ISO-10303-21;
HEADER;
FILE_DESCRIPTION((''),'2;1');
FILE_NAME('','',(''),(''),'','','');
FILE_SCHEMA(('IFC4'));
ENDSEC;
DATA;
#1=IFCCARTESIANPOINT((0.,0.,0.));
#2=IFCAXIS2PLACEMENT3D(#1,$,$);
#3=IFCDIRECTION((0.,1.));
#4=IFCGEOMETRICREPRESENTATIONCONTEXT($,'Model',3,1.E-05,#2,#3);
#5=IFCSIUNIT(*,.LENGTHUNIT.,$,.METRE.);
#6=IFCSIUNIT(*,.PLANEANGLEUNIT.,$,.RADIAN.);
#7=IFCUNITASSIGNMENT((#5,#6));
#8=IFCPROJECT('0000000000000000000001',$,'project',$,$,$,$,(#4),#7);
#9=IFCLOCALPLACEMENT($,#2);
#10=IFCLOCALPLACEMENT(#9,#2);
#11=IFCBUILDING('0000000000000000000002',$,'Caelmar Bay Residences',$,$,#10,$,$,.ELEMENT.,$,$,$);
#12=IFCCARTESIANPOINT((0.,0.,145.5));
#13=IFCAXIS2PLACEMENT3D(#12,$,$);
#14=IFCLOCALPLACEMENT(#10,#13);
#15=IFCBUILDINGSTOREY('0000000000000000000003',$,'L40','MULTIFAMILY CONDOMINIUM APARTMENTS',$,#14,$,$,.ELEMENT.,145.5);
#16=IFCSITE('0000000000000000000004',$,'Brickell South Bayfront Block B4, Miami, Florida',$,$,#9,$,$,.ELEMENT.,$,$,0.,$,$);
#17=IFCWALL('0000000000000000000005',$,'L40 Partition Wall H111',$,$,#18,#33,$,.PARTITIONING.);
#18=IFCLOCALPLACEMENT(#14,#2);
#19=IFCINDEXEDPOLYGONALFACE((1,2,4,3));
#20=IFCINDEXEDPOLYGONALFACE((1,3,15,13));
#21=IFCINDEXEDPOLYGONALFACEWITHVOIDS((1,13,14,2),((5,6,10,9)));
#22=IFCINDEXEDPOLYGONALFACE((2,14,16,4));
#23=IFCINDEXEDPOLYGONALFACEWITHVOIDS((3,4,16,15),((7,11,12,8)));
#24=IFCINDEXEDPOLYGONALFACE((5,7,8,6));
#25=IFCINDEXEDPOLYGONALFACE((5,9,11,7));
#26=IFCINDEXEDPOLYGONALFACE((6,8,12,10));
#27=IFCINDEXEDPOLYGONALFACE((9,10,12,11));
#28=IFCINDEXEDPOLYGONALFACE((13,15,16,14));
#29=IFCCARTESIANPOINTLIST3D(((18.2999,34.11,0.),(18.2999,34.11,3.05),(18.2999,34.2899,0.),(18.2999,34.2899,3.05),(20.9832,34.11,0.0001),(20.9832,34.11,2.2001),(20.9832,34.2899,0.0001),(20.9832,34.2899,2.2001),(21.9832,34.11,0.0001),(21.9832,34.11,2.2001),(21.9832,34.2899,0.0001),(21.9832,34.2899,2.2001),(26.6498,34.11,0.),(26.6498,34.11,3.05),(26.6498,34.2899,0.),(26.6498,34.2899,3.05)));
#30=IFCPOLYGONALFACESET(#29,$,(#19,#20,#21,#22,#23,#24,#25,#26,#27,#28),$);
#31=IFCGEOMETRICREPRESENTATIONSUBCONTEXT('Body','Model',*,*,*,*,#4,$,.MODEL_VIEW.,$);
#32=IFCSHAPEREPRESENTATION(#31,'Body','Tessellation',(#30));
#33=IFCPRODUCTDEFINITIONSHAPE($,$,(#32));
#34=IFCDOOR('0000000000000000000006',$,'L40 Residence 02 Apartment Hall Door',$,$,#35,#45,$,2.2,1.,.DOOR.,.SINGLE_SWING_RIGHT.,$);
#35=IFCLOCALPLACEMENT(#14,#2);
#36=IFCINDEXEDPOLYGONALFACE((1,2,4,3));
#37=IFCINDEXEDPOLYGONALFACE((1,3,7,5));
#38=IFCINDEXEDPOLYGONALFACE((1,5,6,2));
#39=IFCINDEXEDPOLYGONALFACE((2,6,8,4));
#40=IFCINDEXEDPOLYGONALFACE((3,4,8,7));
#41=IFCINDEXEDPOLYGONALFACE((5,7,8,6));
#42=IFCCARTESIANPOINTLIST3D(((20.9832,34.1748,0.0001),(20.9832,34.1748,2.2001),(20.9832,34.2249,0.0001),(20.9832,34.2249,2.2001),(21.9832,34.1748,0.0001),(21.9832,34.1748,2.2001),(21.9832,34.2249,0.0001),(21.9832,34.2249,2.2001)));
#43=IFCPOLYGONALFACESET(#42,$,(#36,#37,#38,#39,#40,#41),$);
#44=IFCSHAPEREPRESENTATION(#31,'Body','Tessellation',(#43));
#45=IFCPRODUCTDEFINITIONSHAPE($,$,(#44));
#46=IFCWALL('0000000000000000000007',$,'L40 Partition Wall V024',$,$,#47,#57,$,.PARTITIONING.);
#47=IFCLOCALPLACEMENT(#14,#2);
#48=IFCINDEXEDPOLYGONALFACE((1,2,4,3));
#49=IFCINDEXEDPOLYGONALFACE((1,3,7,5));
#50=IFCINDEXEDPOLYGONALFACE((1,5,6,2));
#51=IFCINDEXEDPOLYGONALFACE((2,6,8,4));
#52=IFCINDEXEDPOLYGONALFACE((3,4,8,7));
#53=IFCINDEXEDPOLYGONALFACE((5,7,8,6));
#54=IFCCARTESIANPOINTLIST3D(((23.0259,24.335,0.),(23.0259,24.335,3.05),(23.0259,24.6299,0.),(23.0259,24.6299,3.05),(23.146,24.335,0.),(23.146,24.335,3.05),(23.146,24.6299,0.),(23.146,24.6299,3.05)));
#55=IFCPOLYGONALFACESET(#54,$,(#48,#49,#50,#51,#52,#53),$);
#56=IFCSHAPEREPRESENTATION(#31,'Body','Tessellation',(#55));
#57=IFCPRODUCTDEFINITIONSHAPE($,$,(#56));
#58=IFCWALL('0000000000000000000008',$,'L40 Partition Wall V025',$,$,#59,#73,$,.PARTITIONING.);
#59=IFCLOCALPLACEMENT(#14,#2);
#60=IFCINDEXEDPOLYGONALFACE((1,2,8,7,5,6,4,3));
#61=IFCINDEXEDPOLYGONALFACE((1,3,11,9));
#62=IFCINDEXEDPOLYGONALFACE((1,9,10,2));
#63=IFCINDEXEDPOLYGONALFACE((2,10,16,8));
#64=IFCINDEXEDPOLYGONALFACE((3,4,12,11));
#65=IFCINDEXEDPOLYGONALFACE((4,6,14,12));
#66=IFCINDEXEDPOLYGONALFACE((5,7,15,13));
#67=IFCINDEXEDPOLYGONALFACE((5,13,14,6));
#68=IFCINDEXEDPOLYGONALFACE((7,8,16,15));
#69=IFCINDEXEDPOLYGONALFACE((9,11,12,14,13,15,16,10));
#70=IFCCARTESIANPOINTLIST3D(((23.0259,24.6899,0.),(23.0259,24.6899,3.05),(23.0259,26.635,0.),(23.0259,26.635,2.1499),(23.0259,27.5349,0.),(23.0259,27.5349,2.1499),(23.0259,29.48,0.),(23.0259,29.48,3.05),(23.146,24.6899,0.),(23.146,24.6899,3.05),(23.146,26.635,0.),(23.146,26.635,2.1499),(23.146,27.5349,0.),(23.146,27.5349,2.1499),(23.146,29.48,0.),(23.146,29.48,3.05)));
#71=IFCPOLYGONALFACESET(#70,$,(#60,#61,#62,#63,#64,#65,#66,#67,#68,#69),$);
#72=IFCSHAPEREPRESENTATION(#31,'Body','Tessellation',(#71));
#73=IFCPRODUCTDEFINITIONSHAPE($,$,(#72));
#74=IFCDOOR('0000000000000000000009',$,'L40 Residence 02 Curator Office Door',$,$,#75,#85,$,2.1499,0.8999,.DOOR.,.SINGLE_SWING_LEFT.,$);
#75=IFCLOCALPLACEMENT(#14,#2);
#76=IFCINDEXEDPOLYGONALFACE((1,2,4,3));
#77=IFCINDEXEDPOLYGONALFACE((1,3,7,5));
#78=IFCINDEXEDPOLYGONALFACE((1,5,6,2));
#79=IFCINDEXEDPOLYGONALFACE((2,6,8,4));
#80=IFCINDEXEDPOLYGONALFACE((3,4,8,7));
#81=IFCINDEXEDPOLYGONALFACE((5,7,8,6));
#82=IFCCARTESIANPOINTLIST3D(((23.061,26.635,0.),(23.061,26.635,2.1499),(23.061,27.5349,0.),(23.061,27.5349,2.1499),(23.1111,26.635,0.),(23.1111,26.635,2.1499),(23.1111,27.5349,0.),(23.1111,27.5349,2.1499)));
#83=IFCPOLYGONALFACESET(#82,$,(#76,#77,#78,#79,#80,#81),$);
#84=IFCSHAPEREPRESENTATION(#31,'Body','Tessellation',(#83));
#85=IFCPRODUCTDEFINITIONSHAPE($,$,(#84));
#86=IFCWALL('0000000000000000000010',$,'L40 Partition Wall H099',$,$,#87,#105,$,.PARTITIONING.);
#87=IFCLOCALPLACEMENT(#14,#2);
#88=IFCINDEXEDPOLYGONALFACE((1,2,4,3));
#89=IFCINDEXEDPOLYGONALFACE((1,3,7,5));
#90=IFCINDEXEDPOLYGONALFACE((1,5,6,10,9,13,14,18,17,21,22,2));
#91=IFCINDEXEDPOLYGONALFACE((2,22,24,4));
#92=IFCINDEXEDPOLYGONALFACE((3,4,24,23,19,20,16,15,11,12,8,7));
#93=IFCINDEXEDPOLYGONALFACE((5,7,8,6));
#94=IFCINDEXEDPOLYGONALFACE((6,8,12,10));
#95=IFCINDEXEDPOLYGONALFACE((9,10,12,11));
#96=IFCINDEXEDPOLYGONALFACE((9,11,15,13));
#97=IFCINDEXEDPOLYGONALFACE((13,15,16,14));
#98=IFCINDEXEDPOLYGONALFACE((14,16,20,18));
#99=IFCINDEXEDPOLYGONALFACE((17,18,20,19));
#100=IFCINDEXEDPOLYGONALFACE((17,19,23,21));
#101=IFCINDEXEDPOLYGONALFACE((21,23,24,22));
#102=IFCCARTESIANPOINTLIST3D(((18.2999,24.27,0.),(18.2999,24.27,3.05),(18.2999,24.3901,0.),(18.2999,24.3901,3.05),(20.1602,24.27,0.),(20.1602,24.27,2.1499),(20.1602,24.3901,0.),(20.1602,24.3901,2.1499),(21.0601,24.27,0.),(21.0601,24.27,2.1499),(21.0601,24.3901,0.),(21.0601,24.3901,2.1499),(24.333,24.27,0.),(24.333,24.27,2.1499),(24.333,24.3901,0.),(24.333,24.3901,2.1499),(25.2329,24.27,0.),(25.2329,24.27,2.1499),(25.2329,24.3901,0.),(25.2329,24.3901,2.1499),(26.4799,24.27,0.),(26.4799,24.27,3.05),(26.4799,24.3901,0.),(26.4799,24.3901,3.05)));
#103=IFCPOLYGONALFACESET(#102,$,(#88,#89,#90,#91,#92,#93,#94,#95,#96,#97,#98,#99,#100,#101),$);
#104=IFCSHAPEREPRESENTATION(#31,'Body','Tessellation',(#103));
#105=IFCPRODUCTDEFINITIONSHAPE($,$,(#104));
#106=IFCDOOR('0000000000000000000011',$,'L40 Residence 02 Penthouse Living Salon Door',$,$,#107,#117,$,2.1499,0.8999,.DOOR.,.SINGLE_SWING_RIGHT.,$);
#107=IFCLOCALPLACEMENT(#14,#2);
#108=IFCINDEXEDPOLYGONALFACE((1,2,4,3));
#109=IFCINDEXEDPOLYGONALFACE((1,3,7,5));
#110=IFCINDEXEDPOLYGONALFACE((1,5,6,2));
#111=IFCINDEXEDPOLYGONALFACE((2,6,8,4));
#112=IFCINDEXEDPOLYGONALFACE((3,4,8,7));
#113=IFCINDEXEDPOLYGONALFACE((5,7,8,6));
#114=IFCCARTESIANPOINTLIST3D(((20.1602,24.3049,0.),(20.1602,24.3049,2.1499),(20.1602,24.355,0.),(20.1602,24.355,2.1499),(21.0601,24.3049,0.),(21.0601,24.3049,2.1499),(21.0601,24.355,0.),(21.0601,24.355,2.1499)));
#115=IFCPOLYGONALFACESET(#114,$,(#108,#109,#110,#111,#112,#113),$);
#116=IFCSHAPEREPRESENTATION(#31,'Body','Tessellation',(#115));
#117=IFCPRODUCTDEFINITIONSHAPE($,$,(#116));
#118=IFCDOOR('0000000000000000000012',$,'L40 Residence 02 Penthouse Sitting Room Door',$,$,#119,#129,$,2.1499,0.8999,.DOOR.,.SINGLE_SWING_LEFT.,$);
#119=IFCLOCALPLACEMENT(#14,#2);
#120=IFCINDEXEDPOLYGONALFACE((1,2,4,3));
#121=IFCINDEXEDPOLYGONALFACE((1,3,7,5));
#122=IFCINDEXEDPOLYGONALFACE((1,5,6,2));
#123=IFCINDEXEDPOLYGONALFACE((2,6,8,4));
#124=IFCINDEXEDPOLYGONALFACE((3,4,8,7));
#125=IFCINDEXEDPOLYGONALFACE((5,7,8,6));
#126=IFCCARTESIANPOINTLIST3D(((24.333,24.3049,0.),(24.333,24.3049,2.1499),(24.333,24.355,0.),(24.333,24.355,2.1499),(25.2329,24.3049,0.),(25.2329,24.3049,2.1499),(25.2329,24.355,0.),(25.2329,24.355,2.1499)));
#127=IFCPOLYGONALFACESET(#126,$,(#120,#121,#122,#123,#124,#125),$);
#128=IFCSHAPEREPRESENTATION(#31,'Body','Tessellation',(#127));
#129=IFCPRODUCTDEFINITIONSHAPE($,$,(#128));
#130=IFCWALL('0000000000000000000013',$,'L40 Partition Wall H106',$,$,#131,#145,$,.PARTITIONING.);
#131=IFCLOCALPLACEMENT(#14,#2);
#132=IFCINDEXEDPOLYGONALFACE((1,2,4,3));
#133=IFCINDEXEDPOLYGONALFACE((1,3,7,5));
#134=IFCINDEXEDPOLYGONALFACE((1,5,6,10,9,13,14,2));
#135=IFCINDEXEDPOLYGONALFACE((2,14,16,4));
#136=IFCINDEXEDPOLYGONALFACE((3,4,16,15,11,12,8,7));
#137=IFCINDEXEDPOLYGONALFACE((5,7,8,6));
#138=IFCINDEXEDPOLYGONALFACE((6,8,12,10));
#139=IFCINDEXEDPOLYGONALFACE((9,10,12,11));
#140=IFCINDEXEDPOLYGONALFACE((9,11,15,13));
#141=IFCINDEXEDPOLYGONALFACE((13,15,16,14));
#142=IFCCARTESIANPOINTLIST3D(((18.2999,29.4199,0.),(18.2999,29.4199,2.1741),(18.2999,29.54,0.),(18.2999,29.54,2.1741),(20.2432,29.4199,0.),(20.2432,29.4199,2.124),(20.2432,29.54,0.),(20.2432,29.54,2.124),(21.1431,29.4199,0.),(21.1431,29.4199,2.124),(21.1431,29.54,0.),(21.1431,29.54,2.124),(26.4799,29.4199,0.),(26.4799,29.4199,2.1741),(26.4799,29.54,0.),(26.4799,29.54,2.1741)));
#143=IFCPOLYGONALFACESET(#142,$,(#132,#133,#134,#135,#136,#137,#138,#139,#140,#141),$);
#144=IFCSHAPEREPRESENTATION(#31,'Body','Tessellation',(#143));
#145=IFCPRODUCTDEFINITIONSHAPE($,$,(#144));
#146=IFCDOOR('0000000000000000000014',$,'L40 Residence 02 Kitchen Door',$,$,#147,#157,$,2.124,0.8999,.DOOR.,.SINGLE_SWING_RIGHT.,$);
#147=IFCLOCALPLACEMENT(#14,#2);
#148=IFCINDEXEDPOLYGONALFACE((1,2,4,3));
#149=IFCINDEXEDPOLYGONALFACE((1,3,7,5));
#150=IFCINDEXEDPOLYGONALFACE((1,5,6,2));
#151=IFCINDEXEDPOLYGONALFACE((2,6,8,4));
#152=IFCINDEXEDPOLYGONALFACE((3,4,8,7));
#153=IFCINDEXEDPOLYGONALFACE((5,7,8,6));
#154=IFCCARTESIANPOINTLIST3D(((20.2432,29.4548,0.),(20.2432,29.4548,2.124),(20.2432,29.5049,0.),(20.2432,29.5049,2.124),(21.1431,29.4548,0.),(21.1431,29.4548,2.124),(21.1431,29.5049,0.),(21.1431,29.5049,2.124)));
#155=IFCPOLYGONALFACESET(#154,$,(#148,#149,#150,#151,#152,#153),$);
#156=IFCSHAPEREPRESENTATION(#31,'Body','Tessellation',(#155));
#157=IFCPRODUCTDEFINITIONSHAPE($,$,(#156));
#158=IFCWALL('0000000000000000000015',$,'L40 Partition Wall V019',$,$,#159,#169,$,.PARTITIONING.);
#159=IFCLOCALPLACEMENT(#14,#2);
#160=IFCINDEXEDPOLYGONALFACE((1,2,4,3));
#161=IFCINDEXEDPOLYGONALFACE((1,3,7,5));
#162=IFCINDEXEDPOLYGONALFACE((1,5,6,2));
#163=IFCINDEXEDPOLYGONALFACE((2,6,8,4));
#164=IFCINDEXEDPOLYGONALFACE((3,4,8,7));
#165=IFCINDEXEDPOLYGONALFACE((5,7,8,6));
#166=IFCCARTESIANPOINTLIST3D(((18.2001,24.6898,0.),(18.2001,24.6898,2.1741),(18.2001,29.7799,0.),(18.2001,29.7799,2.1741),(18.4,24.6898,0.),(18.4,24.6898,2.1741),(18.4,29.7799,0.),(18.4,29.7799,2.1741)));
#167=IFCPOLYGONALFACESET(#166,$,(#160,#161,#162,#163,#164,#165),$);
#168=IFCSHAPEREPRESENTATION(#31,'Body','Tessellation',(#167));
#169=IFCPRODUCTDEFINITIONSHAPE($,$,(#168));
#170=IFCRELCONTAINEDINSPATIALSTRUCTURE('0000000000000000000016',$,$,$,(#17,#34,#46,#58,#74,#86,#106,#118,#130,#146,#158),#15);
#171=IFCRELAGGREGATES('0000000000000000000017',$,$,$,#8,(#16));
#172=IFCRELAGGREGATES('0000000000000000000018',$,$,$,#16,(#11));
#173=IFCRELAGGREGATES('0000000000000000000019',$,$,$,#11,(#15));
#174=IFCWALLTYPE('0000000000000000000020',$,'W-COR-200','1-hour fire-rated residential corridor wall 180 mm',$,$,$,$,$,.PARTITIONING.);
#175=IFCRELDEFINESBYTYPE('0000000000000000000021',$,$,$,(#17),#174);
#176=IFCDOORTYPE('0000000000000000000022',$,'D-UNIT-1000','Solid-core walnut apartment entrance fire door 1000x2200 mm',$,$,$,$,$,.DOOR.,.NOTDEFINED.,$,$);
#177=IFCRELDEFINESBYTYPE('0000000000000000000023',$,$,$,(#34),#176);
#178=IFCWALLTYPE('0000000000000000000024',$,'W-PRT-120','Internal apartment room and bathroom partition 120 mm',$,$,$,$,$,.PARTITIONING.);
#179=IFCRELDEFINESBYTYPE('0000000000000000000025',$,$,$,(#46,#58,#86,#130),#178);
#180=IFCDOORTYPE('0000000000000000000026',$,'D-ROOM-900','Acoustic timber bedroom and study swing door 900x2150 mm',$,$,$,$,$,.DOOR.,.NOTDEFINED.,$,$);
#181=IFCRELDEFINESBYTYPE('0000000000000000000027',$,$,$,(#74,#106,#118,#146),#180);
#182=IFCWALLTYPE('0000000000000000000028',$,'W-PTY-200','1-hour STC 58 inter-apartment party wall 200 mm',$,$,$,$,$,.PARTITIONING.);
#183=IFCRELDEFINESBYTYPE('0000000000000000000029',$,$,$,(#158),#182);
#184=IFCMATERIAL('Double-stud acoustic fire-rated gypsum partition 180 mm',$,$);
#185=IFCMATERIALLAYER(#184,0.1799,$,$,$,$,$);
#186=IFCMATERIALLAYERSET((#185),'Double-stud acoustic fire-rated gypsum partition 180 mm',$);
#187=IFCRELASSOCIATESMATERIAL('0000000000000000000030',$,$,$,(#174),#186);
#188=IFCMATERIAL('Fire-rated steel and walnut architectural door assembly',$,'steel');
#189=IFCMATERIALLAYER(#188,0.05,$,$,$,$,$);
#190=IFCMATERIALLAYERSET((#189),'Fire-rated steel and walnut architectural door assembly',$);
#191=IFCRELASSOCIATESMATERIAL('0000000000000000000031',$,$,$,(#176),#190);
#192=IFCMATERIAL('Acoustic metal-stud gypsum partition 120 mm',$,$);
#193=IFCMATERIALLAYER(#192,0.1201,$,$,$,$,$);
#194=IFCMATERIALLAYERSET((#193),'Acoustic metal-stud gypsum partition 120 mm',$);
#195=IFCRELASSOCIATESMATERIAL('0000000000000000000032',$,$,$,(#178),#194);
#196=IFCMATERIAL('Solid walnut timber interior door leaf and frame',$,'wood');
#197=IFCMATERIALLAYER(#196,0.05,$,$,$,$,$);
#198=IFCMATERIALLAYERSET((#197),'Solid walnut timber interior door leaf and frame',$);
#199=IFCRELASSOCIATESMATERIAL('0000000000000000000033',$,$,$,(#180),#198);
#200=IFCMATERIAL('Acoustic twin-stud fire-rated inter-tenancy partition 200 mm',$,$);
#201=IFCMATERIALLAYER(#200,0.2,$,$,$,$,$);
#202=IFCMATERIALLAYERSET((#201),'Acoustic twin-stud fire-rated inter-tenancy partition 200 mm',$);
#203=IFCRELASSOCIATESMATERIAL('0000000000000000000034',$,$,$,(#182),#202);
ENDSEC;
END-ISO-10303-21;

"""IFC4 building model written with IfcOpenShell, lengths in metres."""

from ifc_helpers import new_model, si_unit, direction, frame, frame_2d, origin, place, context, subcontext, project, spatial, rectangle, extrude, material, layer, layer_set, type_object, element, fill, save


model = new_model("IFC4")

# Units and contexts
model_context = context("Model", 3, precision=1e-05, world=origin(), true_north=direction((0.0, 1.0)))
body_context = subcontext(model_context, "Body", "Model", "MODEL_VIEW")
ifc_project = project(units=[si_unit("LENGTHUNIT", "METRE"), si_unit("PLANEANGLEUNIT", "RADIAN")], contexts=[model_context])

# Site, building, storey
site_placement = place(None, origin())
site = spatial("IfcSite", under=ifc_project, at=site_placement, Name="Brickell South Bayfront Block B4, Miami, Florida", CompositionType="ELEMENT", RefElevation=0.0)
building_placement = place(site_placement, origin())
building = spatial("IfcBuilding", under=site, at=building_placement, Name="Caelmar Bay Residences", CompositionType="ELEMENT")
storey_placement = place(building_placement, frame((0.0, 0.0, 145.5)))
storey = spatial("IfcBuildingStorey", under=building, at=storey_placement, Name="L40", Description="MULTIFAMILY CONDOMINIUM APARTMENTS", CompositionType="ELEMENT", Elevation=145.5)

# Shared definitions
ifc_material_1 = material(Name="Fire-rated steel and walnut architectural door assembly", Category="steel")

# Wall, opening, door
ifc_material_2 = material(Name="Double-stud acoustic fire-rated gypsum partition 180 mm")
ifc_layer_1 = layer(ifc_material_2, 0.1799)
ifc_layer_set_1 = layer_set([ifc_layer_1], Name="Double-stud acoustic fire-rated gypsum partition 180 mm")
wall_type_1 = type_object("IfcWallType", Name="W-COR-200", Description="1-hour fire-rated residential corridor wall 180 mm", PredefinedType="PARTITIONING", material=ifc_layer_set_1)
wall_1_placement = place(storey_placement, frame((18.3, 34.2, 0.0), z_axis=(0.0, 0.0, 1.0), x_axis=(1.0, 0.0, 0.0)))
wall_1 = element("IfcWall", 1, at=wall_1_placement, inside=storey, type_object=wall_type_1, Name="L40 Partition Wall H111", PredefinedType="PARTITIONING", context=body_context, shape_type="SweptSolid", body=[
    extrude(rectangle(XDim=8.3499, YDim=0.1799, at=frame_2d((4.1748, 0.0))), origin(), (0.0, 0.0, 1.0), 3.05),
])
opening_1_placement = place(wall_1_placement, frame((2.6831, 0.0, 0.0)))
opening_1 = element("IfcOpeningElement", 2, at=opening_1_placement, cuts=wall_1, PredefinedType="OPENING", context=body_context, shape_type="SweptSolid", body=[
    extrude(rectangle(XDim=1.0, YDim=2.2, at=frame_2d((0.5, 1.1001))), frame((0.0, 0.0999, 0.0), z_axis=(0.0, -1.0, 0.0), x_axis=(1.0, 0.0, 0.0)), (0.0, 0.0, 1.0), 0.2),
])
ifc_layer_2 = layer(ifc_material_1, 0.05)
ifc_layer_set_2 = layer_set([ifc_layer_2], Name="Fire-rated steel and walnut architectural door assembly")
door_type_1 = type_object("IfcDoorType", Name="D-UNIT-1000", Description="Solid-core walnut apartment entrance fire door 1000x2200 mm", OperationType="NOTDEFINED", PredefinedType="DOOR", material=ifc_layer_set_2)
door_1_placement = place(opening_1_placement, origin())
door_1 = element("IfcDoor", 3, at=door_1_placement, inside=storey, type_object=door_type_1, Name="L40 Residence 02 Apartment Hall Door", OperationType="SINGLE_SWING_RIGHT", OverallHeight=2.2, OverallWidth=1.0, PredefinedType="DOOR", context=body_context, shape_type="SweptSolid", body=[
    extrude(rectangle(XDim=1.0, YDim=2.2, at=frame_2d((0.5, 1.1001))), frame((0.0, 0.0249, 0.0), z_axis=(0.0, -1.0, 0.0), x_axis=(1.0, 0.0, 0.0)), (0.0, 0.0, 1.0), 0.05),
])
fill(opening_1, door_1)

# Wall
ifc_material_3 = material(Name="Acoustic metal-stud gypsum partition 120 mm")
ifc_layer_3 = layer(ifc_material_3, 0.1201)
ifc_layer_set_3 = layer_set([ifc_layer_3], Name="Acoustic metal-stud gypsum partition 120 mm")
wall_type_2 = type_object("IfcWallType", Name="W-PRT-120", Description="Internal apartment room and bathroom partition 120 mm", PredefinedType="PARTITIONING", material=ifc_layer_set_3)
wall_2_placement = place(storey_placement, frame((23.0859, 24.335, 0.0), z_axis=(0.0, 0.0, 1.0), x_axis=(0.0, 1.0, 0.0)))
element("IfcWall", 4, at=wall_2_placement, inside=storey, type_object=wall_type_2, Name="L40 Partition Wall V024", PredefinedType="PARTITIONING", context=body_context, shape_type="SweptSolid", body=[
    extrude(rectangle(XDim=0.2949, YDim=0.1201, at=frame_2d((0.1475, 0.0))), origin(), (0.0, 0.0, 1.0), 3.05),
])

# Wall, opening, door
wall_3_placement = place(storey_placement, frame((23.0859, 24.6899, 0.0), z_axis=(0.0, 0.0, 1.0), x_axis=(0.0, 1.0, 0.0)))
wall_3 = element("IfcWall", 5, at=wall_3_placement, inside=storey, type_object=wall_type_2, Name="L40 Partition Wall V025", PredefinedType="PARTITIONING", context=body_context, shape_type="SweptSolid", body=[
    extrude(rectangle(XDim=4.79, YDim=0.1201, at=frame_2d((2.395, 0.0))), origin(), (0.0, 0.0, 1.0), 3.05),
])
opening_2_placement = place(wall_3_placement, frame((1.9451, 0.0, 0.0)))
opening_2 = element("IfcOpeningElement", 6, at=opening_2_placement, cuts=wall_3, PredefinedType="OPENING", context=body_context, shape_type="SweptSolid", body=[
    extrude(rectangle(XDim=0.8999, YDim=2.1499, at=frame_2d((0.45, 1.075))), frame((0.0, 0.0701, 0.0), z_axis=(0.0, -1.0, 0.0), x_axis=(1.0, 0.0, 0.0)), (0.0, 0.0, 1.0), 0.1401),
])
ifc_material_4 = material(Name="Solid walnut timber interior door leaf and frame", Category="wood")
ifc_layer_4 = layer(ifc_material_4, 0.05)
ifc_layer_set_4 = layer_set([ifc_layer_4], Name="Solid walnut timber interior door leaf and frame")
door_type_2 = type_object("IfcDoorType", Name="D-ROOM-900", Description="Acoustic timber bedroom and study swing door 900x2150 mm", OperationType="NOTDEFINED", PredefinedType="DOOR", material=ifc_layer_set_4)
door_2_placement = place(opening_2_placement, origin())
door_2 = element("IfcDoor", 7, at=door_2_placement, inside=storey, type_object=door_type_2, Name="L40 Residence 02 Curator Office Door", OperationType="SINGLE_SWING_LEFT", OverallHeight=2.1499, OverallWidth=0.8999, PredefinedType="DOOR", context=body_context, shape_type="SweptSolid", body=[
    extrude(rectangle(XDim=0.8999, YDim=2.1499, at=frame_2d((0.45, 1.075))), frame((0.0, 0.0249, 0.0), z_axis=(0.0, -1.0, 0.0), x_axis=(1.0, 0.0, 0.0)), (0.0, 0.0, 1.0), 0.05),
])
fill(opening_2, door_2)

# Wall, openings, doors
wall_4_placement = place(storey_placement, frame((18.3, 24.3301, 0.0), z_axis=(0.0, 0.0, 1.0), x_axis=(1.0, 0.0, 0.0)))
wall_4 = element("IfcWall", 8, at=wall_4_placement, inside=storey, type_object=wall_type_2, Name="L40 Partition Wall H099", PredefinedType="PARTITIONING", context=body_context, shape_type="SweptSolid", body=[
    extrude(rectangle(XDim=8.1799, YDim=0.1201, at=frame_2d((4.0898, 0.0))), origin(), (0.0, 0.0, 1.0), 3.05),
])
opening_3_placement = place(wall_4_placement, frame((1.8601, 0.0, 0.0)))
opening_3 = element("IfcOpeningElement", 9, at=opening_3_placement, cuts=wall_4, PredefinedType="OPENING", context=body_context, shape_type="SweptSolid", body=[
    extrude(rectangle(XDim=0.8999, YDim=2.1499, at=frame_2d((0.45, 1.075))), frame((0.0, 0.0701, 0.0), z_axis=(0.0, -1.0, 0.0), x_axis=(1.0, 0.0, 0.0)), (0.0, 0.0, 1.0), 0.1401),
])
opening_4_placement = place(wall_4_placement, frame((6.033, 0.0, 0.0)))
opening_4 = element("IfcOpeningElement", 10, at=opening_4_placement, cuts=wall_4, PredefinedType="OPENING", context=body_context, shape_type="SweptSolid", body=[
    extrude(rectangle(XDim=0.8999, YDim=2.1499, at=frame_2d((0.45, 1.075))), frame((0.0, 0.0701, 0.0), z_axis=(0.0, -1.0, 0.0), x_axis=(1.0, 0.0, 0.0)), (0.0, 0.0, 1.0), 0.1401),
])
door_3_placement = place(opening_3_placement, origin())
door_3 = element("IfcDoor", 11, at=door_3_placement, inside=storey, type_object=door_type_2, Name="L40 Residence 02 Penthouse Living Salon Door", OperationType="SINGLE_SWING_RIGHT", OverallHeight=2.1499, OverallWidth=0.8999, PredefinedType="DOOR", context=body_context, shape_type="SweptSolid", body=[
    extrude(rectangle(XDim=0.8999, YDim=2.1499, at=frame_2d((0.45, 1.075))), frame((0.0, 0.0249, 0.0), z_axis=(0.0, -1.0, 0.0), x_axis=(1.0, 0.0, 0.0)), (0.0, 0.0, 1.0), 0.05),
])
fill(opening_3, door_3)
door_4_placement = place(opening_4_placement, origin())
door_4 = element("IfcDoor", 12, at=door_4_placement, inside=storey, type_object=door_type_2, Name="L40 Residence 02 Penthouse Sitting Room Door", OperationType="SINGLE_SWING_LEFT", OverallHeight=2.1499, OverallWidth=0.8999, PredefinedType="DOOR", context=body_context, shape_type="SweptSolid", body=[
    extrude(rectangle(XDim=0.8999, YDim=2.1499, at=frame_2d((0.45, 1.075))), frame((0.0, 0.0249, 0.0), z_axis=(0.0, -1.0, 0.0), x_axis=(1.0, 0.0, 0.0)), (0.0, 0.0, 1.0), 0.05),
])
fill(opening_4, door_4)

# Wall, opening, door
wall_5_placement = place(storey_placement, frame((18.3, 29.48, 0.0), z_axis=(0.0, 0.0, 1.0), x_axis=(1.0, 0.0, 0.0)))
wall_5 = element("IfcWall", 13, at=wall_5_placement, inside=storey, type_object=wall_type_2, Name="L40 Partition Wall H106", PredefinedType="PARTITIONING", context=body_context, shape_type="SweptSolid", body=[
    extrude(rectangle(XDim=8.1799, YDim=0.1201, at=frame_2d((4.0898, 0.0))), origin(), (0.0, 0.0, 1.0), 2.1741),
])
opening_5_placement = place(wall_5_placement, frame((1.9431, 0.0, 0.0)))
opening_5 = element("IfcOpeningElement", 14, at=opening_5_placement, cuts=wall_5, PredefinedType="OPENING", context=body_context, shape_type="SweptSolid", body=[
    extrude(rectangle(XDim=0.8999, YDim=2.124, at=frame_2d((0.45, 1.062))), frame((0.0, 0.0701, 0.0), z_axis=(0.0, -1.0, 0.0), x_axis=(1.0, 0.0, 0.0)), (0.0, 0.0, 1.0), 0.1401),
])
door_5_placement = place(opening_5_placement, origin())
door_5 = element("IfcDoor", 15, at=door_5_placement, inside=storey, type_object=door_type_2, Name="L40 Residence 02 Kitchen Door", OperationType="SINGLE_SWING_RIGHT", OverallHeight=2.124, OverallWidth=0.8999, PredefinedType="DOOR", context=body_context, shape_type="SweptSolid", body=[
    extrude(rectangle(XDim=0.8999, YDim=2.124, at=frame_2d((0.45, 1.062))), frame((0.0, 0.0249, 0.0), z_axis=(0.0, -1.0, 0.0), x_axis=(1.0, 0.0, 0.0)), (0.0, 0.0, 1.0), 0.05),
])
fill(opening_5, door_5)

# Wall
ifc_material_5 = material(Name="Acoustic twin-stud fire-rated inter-tenancy partition 200 mm")
ifc_layer_5 = layer(ifc_material_5, 0.2)
ifc_layer_set_5 = layer_set([ifc_layer_5], Name="Acoustic twin-stud fire-rated inter-tenancy partition 200 mm")
wall_type_3 = type_object("IfcWallType", Name="W-PTY-200", Description="1-hour STC 58 inter-apartment party wall 200 mm", PredefinedType="PARTITIONING", material=ifc_layer_set_5)
wall_6_placement = place(storey_placement, frame((18.3, 24.6899, 0.0), z_axis=(0.0, 0.0, 1.0), x_axis=(0.0, 1.0, 0.0)))
element("IfcWall", 16, at=wall_6_placement, inside=storey, type_object=wall_type_3, Name="L40 Partition Wall V019", PredefinedType="PARTITIONING", context=body_context, shape_type="SweptSolid", body=[
    extrude(rectangle(XDim=5.0901, YDim=0.2, at=frame_2d((2.5449, 0.0))), origin(), (0.0, 0.0, 1.0), 2.1741),
])

save(model, "model.ifc")
